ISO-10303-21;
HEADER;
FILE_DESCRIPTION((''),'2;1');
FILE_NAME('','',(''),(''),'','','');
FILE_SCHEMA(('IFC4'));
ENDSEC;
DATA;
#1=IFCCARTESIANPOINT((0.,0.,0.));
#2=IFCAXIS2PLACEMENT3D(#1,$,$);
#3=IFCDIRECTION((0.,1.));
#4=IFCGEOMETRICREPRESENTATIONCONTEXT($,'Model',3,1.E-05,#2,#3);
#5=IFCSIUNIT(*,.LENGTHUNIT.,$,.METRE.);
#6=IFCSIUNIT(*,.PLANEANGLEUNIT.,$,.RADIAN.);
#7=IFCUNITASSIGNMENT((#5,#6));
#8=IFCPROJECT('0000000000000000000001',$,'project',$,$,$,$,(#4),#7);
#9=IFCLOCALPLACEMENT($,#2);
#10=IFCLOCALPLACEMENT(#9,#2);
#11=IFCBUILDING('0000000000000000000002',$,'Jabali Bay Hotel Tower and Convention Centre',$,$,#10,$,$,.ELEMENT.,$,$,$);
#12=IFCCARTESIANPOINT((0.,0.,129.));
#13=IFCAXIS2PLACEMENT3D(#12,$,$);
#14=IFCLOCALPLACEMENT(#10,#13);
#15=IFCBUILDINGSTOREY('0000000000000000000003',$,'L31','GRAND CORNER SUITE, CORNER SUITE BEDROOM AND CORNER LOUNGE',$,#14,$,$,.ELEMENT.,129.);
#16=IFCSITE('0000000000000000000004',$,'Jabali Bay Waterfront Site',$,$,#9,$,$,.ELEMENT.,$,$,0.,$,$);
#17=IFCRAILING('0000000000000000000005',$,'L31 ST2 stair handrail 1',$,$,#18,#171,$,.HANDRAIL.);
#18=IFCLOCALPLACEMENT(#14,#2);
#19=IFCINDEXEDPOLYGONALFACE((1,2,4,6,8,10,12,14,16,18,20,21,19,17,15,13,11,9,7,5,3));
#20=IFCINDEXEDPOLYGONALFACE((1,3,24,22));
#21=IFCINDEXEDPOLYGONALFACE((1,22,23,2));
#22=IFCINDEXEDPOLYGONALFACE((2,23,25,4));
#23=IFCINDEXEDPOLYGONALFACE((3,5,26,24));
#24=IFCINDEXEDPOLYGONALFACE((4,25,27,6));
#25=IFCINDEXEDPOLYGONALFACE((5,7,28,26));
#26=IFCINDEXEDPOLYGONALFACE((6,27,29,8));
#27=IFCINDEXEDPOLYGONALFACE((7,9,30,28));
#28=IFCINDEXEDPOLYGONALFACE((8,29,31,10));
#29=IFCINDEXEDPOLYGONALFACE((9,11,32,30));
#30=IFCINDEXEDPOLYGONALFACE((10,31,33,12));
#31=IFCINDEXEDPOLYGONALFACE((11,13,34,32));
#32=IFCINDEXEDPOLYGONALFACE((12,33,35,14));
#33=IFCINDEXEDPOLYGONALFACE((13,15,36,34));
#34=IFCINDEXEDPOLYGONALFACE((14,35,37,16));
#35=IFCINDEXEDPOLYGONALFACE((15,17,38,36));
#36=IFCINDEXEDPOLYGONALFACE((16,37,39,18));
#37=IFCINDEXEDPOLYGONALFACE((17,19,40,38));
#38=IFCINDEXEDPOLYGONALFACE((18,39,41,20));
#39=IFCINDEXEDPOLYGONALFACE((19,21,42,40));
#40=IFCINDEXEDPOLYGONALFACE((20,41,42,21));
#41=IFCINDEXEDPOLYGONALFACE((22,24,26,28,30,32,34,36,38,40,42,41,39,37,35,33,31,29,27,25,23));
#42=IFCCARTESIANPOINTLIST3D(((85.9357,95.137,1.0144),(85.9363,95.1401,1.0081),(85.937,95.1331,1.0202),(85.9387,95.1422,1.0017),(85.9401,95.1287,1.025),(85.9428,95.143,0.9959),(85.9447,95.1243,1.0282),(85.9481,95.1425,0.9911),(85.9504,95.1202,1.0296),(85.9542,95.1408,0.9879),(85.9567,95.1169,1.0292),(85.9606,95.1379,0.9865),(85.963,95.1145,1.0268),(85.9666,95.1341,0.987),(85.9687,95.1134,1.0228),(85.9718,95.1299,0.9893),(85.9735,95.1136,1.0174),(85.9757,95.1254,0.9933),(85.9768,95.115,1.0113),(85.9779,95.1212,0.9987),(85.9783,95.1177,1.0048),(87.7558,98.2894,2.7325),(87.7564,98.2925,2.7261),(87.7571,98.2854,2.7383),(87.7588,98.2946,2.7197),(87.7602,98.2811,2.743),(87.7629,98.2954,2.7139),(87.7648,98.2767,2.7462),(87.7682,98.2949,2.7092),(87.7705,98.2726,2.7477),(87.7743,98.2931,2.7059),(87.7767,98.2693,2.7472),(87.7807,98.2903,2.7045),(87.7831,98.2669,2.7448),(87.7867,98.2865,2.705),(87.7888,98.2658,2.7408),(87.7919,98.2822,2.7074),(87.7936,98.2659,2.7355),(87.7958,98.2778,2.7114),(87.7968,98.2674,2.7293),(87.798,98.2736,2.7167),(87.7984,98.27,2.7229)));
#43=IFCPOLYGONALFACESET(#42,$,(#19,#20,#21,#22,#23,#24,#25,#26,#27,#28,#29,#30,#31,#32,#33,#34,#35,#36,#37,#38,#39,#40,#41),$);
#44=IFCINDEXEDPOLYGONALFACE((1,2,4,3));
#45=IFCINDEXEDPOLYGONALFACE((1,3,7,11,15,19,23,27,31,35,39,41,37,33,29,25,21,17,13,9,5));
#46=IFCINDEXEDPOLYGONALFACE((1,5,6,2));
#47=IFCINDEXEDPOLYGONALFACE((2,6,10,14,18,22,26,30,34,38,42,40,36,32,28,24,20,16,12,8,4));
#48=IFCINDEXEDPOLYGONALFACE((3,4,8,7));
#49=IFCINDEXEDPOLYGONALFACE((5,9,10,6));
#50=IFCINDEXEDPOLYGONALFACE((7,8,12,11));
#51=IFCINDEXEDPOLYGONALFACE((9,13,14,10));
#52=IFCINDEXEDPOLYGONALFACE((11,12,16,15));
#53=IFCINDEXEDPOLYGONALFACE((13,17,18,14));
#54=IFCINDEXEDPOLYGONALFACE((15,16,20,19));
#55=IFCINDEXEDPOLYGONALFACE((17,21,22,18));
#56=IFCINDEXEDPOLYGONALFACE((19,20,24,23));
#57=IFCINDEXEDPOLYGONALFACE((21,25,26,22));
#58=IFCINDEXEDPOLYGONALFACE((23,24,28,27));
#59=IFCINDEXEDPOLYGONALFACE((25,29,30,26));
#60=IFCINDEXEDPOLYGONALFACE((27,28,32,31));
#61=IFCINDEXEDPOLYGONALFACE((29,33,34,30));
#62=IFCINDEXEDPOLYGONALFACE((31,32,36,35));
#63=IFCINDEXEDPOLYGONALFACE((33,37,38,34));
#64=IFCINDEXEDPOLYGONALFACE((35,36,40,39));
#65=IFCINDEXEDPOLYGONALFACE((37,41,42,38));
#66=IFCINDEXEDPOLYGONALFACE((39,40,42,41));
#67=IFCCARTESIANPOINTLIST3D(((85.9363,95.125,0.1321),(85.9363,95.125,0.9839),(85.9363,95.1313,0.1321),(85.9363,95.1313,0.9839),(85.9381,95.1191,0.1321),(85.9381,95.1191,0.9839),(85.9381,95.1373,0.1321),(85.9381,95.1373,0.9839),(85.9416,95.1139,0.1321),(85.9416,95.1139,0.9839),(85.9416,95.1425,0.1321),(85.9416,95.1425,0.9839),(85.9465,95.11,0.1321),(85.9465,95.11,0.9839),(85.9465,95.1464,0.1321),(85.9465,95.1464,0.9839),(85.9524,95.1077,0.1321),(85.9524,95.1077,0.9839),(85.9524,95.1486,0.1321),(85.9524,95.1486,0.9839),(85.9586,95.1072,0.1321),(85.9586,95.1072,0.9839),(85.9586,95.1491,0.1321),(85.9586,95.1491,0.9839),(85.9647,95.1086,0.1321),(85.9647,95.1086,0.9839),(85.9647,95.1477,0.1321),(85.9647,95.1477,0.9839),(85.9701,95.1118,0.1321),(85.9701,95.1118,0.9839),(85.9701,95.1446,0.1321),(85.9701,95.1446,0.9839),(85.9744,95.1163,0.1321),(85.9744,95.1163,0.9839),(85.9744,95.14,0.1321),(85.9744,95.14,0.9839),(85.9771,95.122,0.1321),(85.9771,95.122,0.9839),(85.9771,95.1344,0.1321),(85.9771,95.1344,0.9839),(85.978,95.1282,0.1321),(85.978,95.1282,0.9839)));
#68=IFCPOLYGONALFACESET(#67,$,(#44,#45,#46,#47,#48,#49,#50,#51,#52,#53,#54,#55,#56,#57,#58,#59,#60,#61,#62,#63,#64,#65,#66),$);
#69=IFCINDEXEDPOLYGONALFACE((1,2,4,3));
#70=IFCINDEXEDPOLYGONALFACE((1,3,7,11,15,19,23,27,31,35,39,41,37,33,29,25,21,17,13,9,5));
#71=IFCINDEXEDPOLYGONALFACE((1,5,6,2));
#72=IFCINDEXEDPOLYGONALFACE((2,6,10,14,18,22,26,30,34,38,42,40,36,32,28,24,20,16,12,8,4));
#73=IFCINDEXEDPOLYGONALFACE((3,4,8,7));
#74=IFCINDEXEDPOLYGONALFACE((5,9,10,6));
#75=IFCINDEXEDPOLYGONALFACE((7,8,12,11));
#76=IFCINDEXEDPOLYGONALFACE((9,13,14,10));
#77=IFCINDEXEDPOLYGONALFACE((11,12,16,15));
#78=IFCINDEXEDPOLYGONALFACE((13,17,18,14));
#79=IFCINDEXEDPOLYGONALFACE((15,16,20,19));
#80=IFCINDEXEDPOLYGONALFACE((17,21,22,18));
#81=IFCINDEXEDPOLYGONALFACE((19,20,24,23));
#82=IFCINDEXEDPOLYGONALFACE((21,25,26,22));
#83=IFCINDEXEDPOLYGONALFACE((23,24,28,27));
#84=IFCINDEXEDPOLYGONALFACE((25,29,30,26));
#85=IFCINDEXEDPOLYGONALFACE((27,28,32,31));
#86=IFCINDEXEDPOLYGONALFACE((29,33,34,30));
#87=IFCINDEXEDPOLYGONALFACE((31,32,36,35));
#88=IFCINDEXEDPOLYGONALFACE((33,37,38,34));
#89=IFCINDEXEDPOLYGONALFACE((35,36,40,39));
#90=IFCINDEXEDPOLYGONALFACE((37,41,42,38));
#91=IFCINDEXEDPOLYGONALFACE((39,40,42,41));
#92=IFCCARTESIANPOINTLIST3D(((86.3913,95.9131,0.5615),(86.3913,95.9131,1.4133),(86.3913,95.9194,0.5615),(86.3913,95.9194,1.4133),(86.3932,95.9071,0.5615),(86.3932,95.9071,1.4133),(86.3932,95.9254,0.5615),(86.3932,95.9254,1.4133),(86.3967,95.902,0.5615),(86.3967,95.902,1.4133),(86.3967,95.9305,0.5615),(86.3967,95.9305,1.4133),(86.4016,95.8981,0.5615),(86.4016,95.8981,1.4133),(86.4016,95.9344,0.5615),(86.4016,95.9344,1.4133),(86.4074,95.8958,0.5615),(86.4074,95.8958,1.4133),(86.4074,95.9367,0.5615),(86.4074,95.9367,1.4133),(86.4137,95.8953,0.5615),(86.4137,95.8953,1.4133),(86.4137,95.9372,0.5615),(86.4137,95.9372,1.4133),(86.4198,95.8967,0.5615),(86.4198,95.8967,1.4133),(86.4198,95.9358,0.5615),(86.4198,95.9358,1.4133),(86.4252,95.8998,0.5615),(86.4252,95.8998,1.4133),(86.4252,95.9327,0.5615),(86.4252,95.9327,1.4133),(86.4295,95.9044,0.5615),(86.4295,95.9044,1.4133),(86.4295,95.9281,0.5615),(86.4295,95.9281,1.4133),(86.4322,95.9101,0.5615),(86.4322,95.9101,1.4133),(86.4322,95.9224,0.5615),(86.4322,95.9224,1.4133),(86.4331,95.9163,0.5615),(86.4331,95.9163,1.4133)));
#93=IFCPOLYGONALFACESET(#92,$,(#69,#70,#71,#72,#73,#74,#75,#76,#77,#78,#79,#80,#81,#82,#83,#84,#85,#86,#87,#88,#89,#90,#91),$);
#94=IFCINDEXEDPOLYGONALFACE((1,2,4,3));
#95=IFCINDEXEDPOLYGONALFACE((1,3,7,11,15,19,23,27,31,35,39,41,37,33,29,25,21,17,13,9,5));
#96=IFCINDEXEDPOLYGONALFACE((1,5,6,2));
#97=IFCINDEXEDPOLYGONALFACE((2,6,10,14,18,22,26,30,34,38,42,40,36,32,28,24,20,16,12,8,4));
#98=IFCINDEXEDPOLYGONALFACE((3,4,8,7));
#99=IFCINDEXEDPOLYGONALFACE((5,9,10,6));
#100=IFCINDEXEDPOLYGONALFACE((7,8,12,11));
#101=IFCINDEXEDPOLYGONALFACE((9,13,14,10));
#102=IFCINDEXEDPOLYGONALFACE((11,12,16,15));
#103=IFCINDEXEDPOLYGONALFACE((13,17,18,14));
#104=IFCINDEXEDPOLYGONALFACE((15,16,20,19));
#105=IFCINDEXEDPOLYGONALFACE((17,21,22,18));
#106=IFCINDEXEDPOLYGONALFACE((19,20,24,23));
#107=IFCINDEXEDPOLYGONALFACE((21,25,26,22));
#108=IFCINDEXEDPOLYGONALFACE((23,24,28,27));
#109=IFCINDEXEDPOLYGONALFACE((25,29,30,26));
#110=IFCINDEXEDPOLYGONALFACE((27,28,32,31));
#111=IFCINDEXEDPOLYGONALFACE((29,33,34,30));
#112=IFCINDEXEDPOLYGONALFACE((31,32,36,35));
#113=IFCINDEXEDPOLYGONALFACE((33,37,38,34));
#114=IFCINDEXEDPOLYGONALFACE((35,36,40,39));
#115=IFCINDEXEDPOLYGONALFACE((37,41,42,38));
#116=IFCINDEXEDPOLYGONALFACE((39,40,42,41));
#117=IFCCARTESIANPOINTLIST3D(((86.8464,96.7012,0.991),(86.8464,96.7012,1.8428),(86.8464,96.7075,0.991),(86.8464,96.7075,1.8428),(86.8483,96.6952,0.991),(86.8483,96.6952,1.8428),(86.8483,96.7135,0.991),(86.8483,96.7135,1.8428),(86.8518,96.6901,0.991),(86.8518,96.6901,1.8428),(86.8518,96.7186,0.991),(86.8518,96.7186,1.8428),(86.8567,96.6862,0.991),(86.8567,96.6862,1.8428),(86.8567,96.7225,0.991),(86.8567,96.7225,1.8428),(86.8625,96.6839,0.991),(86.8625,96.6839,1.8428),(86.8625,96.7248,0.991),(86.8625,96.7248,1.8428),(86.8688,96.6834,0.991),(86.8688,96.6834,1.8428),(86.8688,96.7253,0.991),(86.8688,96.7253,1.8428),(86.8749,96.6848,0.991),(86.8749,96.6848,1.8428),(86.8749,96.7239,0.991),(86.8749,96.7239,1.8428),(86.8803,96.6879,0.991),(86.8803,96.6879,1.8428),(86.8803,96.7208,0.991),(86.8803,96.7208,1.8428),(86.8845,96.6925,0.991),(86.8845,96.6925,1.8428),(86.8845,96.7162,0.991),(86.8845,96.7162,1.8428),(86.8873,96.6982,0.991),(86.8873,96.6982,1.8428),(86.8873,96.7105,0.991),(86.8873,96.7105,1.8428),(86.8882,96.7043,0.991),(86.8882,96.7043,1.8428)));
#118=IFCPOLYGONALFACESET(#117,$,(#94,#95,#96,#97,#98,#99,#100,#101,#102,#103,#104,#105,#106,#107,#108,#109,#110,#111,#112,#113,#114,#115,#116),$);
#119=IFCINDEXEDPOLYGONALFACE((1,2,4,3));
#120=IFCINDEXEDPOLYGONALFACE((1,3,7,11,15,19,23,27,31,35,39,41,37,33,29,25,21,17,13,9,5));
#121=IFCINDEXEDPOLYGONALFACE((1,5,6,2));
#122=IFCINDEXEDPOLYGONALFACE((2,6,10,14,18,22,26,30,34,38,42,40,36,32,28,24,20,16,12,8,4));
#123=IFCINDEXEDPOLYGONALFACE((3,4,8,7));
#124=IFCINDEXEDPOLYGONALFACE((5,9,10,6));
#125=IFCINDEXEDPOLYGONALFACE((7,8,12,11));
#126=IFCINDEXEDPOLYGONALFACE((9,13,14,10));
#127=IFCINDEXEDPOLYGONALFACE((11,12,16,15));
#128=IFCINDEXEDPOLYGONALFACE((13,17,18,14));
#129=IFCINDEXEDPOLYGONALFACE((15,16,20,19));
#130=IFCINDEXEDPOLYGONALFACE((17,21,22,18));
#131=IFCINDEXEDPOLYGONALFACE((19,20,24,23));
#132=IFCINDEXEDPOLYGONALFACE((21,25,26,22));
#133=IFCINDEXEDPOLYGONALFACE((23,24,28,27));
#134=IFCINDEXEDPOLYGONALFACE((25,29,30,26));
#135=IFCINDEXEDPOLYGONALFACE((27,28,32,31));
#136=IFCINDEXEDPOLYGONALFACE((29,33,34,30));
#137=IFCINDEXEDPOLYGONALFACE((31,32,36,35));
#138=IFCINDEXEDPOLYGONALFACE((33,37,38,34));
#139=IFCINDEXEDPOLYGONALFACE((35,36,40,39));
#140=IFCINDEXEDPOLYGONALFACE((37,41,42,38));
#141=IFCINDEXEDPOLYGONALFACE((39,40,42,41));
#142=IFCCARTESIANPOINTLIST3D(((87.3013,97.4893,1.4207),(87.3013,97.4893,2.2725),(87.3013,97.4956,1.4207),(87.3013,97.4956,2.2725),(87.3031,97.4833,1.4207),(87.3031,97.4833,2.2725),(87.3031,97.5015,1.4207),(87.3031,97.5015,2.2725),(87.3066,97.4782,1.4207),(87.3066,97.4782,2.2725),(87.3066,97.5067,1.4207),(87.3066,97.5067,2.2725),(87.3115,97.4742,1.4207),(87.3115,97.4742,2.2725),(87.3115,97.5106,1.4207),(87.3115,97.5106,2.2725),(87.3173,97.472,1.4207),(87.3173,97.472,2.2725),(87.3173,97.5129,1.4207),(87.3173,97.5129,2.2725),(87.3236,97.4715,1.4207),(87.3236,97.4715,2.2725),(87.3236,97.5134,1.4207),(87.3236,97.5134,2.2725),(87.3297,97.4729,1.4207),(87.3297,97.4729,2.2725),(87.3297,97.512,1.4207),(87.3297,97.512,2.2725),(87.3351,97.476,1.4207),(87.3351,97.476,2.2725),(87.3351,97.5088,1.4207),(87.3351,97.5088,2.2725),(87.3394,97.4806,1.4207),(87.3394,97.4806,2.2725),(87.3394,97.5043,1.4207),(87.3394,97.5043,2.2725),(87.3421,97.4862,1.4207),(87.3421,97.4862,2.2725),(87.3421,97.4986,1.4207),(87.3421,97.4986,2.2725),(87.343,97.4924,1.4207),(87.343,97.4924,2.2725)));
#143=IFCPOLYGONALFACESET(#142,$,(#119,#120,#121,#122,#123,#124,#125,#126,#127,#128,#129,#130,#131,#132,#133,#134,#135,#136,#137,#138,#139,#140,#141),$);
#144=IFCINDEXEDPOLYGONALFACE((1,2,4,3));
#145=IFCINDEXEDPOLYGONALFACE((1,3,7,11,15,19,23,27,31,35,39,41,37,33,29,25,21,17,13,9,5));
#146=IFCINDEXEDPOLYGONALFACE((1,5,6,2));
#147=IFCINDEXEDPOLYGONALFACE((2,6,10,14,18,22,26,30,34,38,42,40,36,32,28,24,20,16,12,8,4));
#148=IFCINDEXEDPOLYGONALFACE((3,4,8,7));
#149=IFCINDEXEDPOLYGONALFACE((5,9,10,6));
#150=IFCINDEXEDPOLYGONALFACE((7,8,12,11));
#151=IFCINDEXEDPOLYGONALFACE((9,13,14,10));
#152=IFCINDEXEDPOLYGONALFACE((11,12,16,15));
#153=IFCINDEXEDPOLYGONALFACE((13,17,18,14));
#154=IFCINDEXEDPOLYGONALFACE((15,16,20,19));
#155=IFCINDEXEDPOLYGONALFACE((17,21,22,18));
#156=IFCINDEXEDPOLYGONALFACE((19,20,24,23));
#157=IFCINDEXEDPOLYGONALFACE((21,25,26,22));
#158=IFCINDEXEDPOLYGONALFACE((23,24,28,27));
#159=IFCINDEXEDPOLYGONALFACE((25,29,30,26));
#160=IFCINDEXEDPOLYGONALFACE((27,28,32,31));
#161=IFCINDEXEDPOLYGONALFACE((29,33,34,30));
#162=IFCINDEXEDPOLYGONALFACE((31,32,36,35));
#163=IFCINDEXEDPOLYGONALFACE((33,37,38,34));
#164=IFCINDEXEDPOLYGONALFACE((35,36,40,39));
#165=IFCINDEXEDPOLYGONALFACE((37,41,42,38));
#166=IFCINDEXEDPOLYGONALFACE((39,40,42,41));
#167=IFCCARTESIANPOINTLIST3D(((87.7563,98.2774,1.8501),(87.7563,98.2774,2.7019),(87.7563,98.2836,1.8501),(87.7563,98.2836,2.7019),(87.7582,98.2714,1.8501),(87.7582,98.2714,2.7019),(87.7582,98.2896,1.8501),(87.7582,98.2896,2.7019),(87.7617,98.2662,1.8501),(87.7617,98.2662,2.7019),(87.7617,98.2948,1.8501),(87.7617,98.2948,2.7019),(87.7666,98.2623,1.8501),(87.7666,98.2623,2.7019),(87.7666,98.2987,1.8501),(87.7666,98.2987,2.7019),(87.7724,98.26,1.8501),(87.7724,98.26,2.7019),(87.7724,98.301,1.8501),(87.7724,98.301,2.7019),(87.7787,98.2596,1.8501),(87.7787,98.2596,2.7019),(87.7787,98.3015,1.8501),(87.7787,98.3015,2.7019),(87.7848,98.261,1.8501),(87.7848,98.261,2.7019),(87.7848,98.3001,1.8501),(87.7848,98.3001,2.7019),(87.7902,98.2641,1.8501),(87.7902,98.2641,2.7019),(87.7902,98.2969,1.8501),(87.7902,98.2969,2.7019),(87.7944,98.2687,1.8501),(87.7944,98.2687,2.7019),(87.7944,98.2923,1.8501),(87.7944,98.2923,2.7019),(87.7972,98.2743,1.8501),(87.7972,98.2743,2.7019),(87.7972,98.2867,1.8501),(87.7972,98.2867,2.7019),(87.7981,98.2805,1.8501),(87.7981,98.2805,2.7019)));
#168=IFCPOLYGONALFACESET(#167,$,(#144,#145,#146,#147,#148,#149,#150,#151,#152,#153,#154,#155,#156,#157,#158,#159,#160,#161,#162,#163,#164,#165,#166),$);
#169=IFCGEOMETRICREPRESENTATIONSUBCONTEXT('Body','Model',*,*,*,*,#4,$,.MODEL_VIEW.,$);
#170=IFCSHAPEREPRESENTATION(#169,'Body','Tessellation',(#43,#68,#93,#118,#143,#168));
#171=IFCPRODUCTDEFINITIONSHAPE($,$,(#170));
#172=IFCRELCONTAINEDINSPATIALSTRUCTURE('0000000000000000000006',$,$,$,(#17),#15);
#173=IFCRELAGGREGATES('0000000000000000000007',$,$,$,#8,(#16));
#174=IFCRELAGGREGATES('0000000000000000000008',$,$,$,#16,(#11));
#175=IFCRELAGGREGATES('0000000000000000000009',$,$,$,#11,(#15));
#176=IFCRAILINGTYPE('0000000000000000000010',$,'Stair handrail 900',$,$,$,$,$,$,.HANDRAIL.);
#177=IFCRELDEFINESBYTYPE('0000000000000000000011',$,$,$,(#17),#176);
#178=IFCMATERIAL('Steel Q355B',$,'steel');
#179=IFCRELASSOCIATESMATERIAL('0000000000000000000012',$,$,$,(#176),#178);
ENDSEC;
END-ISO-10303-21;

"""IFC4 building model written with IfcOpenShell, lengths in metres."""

from ifc_helpers import new_model, si_unit, direction, frame, origin, origin_2d, place, context, subcontext, project, spatial, circle, extrude, material, type_object, element, save


model = new_model("IFC4")

# Units and contexts
model_context = context("Model", 3, precision=1e-05, world=origin(), true_north=direction((0.0, 1.0)))
body_context = subcontext(model_context, "Body", "Model", "MODEL_VIEW")
ifc_project = project(units=[si_unit("LENGTHUNIT", "METRE"), si_unit("PLANEANGLEUNIT", "RADIAN")], contexts=[model_context])

# Site, building, storey
site_placement = place(None, origin())
site = spatial("IfcSite", under=ifc_project, at=site_placement, Name="Jabali Bay Waterfront Site", CompositionType="ELEMENT", RefElevation=0.0)
building_placement = place(site_placement, origin())
building = spatial("IfcBuilding", under=site, at=building_placement, Name="Jabali Bay Hotel Tower and Convention Centre", CompositionType="ELEMENT")
storey_placement = place(building_placement, frame((0.0, 0.0, 129.0)))
storey = spatial("IfcBuildingStorey", under=building, at=storey_placement, Name="L31", Description="GRAND CORNER SUITE, CORNER SUITE BEDROOM AND CORNER LOUNGE", CompositionType="ELEMENT", Elevation=129.0)

# Railing
ifc_material_1 = material(Name="Steel Q355B", Category="steel")
railing_type_1 = type_object("IfcRailingType", Name="Stair handrail 900", PredefinedType="HANDRAIL", material=ifc_material_1)
railing_1_placement = place(storey_placement, frame((85.957, 95.1282, 0.1321)))
element("IfcRailing", 1, at=railing_1_placement, inside=storey, type_object=railing_type_1, Name="L31 ST2 stair handrail 1", PredefinedType="HANDRAIL", context=body_context, shape_type="SweptSolid", body=[
    extrude(circle(Radius=0.0239, at=origin_2d()), frame((0.0, 0.0, 0.876), z_axis=(0.452179, 0.78317, 0.426825), x_axis=(-0.866018, 0.500013, 0.0)), (0.0, 0.0, 1.0), 4.0251),
    extrude(circle(Radius=0.021, at=origin_2d()), origin(), (0.0, 0.0, 1.0), 0.8518),
    extrude(circle(Radius=0.021, at=origin_2d()), frame((0.4551, 0.7881, 0.4294)), (0.0, 0.0, 1.0), 0.8518),
    extrude(circle(Radius=0.021, at=origin_2d()), frame((0.9102, 1.5762, 0.8589)), (0.0, 0.0, 1.0), 0.8518),
    extrude(circle(Radius=0.021, at=origin_2d()), frame((1.365, 2.3643, 1.2886)), (0.0, 0.0, 1.0), 0.8518),
    extrude(circle(Radius=0.021, at=origin_2d()), frame((1.8201, 3.1523, 1.718)), (0.0, 0.0, 1.0), 0.8518),
])

save(model, "model.ifc")
